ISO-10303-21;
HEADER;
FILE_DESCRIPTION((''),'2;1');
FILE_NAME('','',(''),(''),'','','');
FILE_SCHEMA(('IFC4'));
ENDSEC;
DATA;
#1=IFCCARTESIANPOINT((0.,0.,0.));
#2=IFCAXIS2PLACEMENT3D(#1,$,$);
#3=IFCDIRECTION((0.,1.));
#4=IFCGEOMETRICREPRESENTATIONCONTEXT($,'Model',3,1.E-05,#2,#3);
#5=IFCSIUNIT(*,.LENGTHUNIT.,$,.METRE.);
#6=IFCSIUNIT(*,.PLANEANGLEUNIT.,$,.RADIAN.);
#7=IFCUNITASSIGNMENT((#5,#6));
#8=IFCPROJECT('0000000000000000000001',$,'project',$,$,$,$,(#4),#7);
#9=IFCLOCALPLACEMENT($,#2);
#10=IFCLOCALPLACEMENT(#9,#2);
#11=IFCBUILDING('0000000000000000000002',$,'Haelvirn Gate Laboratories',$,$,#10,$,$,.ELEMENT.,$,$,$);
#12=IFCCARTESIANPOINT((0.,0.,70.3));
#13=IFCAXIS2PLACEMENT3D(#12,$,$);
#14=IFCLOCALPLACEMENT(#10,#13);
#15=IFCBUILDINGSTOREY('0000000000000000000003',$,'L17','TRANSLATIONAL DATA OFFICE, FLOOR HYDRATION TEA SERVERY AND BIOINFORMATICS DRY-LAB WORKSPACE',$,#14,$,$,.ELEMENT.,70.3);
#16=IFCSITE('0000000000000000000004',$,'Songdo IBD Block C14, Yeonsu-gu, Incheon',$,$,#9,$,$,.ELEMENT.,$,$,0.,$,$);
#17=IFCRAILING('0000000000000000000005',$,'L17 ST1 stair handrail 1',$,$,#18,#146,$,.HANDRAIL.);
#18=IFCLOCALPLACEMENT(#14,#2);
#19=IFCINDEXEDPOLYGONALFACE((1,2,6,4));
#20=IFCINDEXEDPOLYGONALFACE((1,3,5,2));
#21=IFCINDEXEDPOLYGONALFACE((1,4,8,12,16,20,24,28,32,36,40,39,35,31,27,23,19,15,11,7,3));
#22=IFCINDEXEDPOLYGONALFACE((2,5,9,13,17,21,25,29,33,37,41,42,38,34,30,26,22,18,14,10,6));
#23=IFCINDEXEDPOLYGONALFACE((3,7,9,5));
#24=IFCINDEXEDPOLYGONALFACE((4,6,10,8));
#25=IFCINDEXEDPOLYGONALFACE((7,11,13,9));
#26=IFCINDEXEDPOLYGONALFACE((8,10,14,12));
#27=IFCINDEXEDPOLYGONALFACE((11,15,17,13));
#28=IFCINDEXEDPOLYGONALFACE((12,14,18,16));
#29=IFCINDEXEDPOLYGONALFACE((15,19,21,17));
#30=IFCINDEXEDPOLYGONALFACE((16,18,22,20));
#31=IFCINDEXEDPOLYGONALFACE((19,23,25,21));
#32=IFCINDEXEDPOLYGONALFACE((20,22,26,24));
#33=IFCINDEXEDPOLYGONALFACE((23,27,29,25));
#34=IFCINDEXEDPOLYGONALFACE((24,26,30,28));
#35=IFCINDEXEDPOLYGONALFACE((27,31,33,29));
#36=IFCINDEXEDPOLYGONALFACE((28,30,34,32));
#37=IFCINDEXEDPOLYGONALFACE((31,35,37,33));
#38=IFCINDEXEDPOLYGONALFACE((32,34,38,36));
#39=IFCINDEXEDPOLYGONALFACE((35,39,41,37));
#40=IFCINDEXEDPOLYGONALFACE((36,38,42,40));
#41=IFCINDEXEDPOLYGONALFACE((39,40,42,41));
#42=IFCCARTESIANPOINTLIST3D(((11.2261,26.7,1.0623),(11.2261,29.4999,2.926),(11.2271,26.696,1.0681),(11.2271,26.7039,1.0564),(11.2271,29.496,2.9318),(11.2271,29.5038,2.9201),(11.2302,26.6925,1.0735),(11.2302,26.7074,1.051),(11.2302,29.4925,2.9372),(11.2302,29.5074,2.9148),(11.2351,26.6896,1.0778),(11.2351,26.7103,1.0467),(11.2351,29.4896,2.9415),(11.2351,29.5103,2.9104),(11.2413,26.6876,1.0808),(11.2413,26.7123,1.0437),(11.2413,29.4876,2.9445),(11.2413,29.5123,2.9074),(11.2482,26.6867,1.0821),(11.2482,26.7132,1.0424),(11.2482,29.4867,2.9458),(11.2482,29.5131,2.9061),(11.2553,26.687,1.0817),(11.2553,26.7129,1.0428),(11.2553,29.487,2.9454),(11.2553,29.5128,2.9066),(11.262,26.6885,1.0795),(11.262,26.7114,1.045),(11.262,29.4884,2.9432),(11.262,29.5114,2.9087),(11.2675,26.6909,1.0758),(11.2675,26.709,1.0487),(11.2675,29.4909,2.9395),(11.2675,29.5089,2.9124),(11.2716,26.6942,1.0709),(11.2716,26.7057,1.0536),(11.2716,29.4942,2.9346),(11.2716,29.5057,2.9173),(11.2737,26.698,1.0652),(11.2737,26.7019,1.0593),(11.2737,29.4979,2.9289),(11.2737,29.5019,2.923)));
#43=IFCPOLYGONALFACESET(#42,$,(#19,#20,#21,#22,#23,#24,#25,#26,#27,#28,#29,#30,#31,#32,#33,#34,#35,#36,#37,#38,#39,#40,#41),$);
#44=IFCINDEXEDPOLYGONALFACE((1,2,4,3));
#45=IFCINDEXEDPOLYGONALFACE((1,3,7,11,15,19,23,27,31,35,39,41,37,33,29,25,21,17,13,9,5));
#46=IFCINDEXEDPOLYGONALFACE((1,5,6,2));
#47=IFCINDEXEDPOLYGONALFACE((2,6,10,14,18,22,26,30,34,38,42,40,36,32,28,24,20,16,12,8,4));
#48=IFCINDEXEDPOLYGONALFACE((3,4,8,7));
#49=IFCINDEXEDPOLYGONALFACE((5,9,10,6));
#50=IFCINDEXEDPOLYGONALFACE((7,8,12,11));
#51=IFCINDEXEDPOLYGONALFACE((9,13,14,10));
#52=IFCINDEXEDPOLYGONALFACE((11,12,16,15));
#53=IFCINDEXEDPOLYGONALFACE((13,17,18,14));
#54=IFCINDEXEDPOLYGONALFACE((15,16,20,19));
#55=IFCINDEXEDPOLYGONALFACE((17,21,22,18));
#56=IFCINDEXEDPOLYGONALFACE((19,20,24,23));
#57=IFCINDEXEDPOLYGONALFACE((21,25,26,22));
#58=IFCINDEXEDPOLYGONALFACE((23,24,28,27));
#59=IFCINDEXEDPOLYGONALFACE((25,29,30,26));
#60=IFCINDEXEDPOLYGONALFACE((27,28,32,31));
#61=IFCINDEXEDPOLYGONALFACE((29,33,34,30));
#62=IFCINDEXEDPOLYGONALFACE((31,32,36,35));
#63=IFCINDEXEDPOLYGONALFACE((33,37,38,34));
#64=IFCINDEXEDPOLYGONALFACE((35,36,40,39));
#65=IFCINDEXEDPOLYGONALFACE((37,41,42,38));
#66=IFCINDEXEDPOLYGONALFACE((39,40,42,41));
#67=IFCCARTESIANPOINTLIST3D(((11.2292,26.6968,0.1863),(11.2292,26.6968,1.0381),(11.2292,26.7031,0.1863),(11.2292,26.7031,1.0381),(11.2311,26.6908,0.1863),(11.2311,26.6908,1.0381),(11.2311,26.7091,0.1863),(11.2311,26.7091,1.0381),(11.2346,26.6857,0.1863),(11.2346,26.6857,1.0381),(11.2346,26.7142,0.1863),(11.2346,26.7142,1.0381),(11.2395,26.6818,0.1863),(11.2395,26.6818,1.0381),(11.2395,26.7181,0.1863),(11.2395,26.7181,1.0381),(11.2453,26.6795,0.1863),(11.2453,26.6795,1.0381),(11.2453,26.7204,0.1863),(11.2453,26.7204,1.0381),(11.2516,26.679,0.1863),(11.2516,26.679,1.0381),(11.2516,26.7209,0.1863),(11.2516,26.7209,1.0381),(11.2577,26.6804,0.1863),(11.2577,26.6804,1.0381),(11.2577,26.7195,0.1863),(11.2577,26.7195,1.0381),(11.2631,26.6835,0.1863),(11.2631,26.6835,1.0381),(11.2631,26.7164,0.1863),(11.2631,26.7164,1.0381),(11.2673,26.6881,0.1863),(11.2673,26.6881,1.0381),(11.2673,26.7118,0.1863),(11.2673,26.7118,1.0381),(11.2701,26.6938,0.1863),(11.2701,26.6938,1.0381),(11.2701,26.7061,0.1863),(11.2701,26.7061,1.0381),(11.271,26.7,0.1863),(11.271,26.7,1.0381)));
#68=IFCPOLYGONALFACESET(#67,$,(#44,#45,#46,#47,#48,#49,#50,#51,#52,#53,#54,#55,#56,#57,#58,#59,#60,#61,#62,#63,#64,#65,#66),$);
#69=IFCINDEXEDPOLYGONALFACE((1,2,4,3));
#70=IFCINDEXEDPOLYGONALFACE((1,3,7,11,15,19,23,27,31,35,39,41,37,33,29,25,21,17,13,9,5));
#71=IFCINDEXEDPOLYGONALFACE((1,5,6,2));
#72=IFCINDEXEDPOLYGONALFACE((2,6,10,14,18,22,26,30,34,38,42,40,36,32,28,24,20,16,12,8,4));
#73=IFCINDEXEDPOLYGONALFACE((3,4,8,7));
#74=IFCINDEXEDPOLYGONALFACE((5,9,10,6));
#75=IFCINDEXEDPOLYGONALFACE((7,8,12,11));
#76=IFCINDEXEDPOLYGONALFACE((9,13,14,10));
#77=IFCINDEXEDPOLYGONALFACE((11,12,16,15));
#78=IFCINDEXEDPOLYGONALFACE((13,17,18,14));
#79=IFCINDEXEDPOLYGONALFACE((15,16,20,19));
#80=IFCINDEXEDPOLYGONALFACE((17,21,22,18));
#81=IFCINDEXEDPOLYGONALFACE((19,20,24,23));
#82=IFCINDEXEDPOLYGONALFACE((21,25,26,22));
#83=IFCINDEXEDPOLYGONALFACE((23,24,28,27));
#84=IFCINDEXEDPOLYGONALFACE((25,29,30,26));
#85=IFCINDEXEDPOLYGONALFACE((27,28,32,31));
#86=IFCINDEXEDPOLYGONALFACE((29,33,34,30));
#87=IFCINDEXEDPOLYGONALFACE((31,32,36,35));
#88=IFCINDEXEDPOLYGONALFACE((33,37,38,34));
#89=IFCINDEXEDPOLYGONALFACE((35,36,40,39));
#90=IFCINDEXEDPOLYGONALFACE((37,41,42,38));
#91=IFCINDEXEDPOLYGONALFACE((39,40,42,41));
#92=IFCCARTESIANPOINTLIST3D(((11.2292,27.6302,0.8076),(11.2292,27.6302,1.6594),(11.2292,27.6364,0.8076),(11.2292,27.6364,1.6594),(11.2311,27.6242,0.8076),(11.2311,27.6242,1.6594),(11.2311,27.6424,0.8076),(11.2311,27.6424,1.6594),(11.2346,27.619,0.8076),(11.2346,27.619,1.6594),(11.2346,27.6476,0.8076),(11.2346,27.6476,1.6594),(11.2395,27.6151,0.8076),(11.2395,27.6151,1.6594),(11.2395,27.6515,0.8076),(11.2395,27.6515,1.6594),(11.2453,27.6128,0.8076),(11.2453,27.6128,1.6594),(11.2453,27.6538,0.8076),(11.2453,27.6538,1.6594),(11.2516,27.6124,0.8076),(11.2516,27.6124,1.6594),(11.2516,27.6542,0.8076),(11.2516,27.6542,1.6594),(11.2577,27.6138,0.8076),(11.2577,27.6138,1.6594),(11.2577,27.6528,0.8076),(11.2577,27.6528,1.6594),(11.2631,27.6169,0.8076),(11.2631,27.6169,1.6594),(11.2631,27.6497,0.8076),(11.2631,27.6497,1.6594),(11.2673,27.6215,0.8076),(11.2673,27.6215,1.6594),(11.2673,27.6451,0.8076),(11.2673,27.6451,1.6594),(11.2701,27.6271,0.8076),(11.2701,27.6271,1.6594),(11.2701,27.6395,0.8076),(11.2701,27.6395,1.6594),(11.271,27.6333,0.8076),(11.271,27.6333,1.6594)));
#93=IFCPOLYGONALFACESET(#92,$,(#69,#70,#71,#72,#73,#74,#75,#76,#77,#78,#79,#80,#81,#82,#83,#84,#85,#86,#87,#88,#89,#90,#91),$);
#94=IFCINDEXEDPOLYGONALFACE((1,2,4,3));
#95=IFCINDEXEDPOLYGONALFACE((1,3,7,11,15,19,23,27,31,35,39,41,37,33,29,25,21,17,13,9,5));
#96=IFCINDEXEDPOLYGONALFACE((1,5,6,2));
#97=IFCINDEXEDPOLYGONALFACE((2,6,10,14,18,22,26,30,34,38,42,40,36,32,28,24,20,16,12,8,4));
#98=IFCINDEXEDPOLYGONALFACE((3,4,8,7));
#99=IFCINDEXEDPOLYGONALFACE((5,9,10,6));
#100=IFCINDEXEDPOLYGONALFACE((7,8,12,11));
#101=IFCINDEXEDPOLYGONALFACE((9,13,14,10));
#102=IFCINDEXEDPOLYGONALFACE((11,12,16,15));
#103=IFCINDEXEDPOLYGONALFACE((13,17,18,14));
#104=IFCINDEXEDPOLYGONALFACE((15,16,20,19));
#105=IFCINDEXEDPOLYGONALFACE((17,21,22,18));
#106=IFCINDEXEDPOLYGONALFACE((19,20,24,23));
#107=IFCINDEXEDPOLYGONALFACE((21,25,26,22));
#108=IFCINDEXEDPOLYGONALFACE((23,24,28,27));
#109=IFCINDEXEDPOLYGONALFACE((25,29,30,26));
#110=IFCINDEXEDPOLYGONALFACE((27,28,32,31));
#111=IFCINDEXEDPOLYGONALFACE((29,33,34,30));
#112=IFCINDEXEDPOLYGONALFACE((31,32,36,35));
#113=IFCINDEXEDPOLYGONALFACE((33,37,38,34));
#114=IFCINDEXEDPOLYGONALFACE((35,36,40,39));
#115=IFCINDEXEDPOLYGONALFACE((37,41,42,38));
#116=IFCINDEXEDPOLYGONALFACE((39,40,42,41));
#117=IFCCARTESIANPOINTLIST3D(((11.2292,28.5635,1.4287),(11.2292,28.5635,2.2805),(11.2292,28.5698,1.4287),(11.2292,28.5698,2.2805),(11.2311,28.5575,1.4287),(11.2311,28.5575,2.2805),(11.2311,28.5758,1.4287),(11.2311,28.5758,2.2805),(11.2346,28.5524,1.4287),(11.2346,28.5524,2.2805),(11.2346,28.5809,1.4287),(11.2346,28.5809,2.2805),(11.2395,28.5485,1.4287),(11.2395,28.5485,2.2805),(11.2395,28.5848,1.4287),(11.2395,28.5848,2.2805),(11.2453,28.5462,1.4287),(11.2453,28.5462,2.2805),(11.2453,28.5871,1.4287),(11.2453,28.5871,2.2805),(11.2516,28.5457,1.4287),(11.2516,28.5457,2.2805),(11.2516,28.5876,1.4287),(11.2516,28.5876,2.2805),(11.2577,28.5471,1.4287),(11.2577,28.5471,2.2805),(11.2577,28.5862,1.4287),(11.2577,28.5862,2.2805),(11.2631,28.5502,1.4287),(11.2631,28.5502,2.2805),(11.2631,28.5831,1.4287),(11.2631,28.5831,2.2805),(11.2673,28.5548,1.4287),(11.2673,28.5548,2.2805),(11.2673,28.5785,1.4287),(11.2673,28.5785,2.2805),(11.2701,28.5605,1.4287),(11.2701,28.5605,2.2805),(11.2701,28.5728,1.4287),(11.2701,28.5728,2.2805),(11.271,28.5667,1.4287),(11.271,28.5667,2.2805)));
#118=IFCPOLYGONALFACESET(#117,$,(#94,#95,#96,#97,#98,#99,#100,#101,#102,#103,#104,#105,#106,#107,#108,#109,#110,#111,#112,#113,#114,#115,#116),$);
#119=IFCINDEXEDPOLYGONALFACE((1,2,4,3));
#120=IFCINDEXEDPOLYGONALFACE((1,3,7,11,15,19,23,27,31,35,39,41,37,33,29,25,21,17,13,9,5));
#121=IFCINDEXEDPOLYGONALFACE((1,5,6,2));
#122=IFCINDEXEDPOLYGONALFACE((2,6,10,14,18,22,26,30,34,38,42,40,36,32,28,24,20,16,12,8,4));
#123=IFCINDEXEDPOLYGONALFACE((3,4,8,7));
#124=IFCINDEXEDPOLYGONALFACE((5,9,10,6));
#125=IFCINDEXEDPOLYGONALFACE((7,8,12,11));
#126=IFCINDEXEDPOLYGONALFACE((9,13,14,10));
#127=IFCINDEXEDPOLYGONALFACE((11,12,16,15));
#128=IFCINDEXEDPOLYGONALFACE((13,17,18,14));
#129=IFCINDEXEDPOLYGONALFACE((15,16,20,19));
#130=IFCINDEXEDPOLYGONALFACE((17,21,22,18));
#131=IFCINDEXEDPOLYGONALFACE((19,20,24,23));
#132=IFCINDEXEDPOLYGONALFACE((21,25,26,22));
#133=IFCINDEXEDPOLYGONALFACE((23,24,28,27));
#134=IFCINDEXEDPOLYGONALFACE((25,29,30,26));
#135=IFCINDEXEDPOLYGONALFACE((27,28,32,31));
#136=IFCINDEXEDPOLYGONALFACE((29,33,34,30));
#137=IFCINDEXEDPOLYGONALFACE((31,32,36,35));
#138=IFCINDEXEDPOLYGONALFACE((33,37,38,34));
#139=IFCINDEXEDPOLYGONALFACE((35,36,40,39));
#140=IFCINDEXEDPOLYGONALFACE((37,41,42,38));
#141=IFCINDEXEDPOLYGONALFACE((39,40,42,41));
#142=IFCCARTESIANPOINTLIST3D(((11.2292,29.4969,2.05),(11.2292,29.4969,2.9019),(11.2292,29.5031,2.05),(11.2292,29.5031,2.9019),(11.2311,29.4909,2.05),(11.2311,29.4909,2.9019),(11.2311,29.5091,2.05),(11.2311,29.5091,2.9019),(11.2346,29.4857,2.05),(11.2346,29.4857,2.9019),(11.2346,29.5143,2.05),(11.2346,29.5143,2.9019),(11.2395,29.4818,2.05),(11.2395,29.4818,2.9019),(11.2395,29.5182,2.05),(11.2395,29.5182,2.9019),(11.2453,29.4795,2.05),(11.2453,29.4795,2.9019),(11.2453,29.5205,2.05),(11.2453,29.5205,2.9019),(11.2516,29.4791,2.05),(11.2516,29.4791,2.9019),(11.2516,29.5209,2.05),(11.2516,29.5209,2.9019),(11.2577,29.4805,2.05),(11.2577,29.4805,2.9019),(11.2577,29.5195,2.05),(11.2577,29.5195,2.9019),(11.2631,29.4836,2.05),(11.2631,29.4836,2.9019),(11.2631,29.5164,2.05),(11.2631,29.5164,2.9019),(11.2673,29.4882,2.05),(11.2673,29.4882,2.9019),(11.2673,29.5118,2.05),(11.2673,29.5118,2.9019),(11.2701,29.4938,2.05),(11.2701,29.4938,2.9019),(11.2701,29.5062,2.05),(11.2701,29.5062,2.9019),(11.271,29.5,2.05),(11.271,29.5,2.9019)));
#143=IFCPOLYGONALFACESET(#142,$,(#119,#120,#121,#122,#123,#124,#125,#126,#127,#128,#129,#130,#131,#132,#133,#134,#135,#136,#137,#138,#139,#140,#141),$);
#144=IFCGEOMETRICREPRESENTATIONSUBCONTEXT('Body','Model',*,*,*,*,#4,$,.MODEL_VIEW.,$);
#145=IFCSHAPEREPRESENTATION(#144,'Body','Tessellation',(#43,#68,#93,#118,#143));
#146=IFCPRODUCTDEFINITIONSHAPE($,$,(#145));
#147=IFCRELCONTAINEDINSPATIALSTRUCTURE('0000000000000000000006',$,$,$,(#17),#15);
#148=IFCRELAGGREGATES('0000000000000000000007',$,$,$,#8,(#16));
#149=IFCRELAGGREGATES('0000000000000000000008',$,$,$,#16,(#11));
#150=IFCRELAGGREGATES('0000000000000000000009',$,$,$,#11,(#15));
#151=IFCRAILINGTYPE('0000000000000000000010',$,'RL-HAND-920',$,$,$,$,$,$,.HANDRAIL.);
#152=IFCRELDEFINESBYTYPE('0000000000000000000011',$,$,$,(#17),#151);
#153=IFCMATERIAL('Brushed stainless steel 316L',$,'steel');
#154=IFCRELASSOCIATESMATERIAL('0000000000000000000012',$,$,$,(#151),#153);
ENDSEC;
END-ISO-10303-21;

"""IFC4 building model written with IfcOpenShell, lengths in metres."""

from ifc_helpers import new_model, si_unit, direction, frame, origin, origin_2d, place, context, subcontext, project, spatial, circle, extrude, source, transform, mapped, material, type_object, element, save


model = new_model("IFC4")

# Units and contexts
model_context = context("Model", 3, precision=1e-05, world=origin(), true_north=direction((0.0, 1.0)))
body_context = subcontext(model_context, "Body", "Model", "MODEL_VIEW")
ifc_project = project(units=[si_unit("LENGTHUNIT", "METRE"), si_unit("PLANEANGLEUNIT", "RADIAN")], contexts=[model_context])

# Site, building, storey
site_placement = place(None, origin())
site = spatial("IfcSite", under=ifc_project, at=site_placement, Name="Songdo IBD Block C14, Yeonsu-gu, Incheon", CompositionType="ELEMENT", RefElevation=0.0)
building_placement = place(site_placement, origin())
building = spatial("IfcBuilding", under=site, at=building_placement, Name="Haelvirn Gate Laboratories", CompositionType="ELEMENT")
storey_placement = place(building_placement, frame((0.0, 0.0, 70.3)))
storey = spatial("IfcBuildingStorey", under=building, at=storey_placement, Name="L17", Description="TRANSLATIONAL DATA OFFICE, FLOOR HYDRATION TEA SERVERY AND BIOINFORMATICS DRY-LAB WORKSPACE", CompositionType="ELEMENT", Elevation=70.3)

# Railing
ifc_material_1 = material(Name="Brushed stainless steel 316L", Category="steel")
railing_type_1 = type_object("IfcRailingType", Name="RL-HAND-920", PredefinedType="HANDRAIL", material=ifc_material_1)
shared_shape_1 = source(origin(), body_context, "Body", "SweptSolid", [
    extrude(circle(Radius=0.0239, at=origin_2d()), frame((0.0, 0.0, 0.876), z_axis=(0.0, 0.832452, 0.554097), x_axis=(-1.0, 0.0, 0.0)), (0.0, 0.0, 1.0), 3.3635),
    extrude(circle(Radius=0.021, at=origin_2d()), origin(), (0.0, 0.0, 1.0), 0.8518),
    extrude(circle(Radius=0.021, at=origin_2d()), frame((0.0, 0.9333, 0.6213)), (0.0, 0.0, 1.0), 0.8518),
    extrude(circle(Radius=0.021, at=origin_2d()), frame((0.0, 1.8667, 1.2424)), (0.0, 0.0, 1.0), 0.8518),
    extrude(circle(Radius=0.021, at=origin_2d()), frame((0.0, 2.8, 1.8638)), (0.0, 0.0, 1.0), 0.8518),
])
railing_1_placement = place(storey_placement, frame((11.25, 26.7, 0.1863)))
element("IfcRailing", 1, at=railing_1_placement, inside=storey, type_object=railing_type_1, Name="L17 ST1 stair handrail 1", PredefinedType="HANDRAIL", context=body_context, shape_type="MappedRepresentation", body=[
    mapped(shared_shape_1, transform((0.0, 0.0, 0.0), scale=1.0)),
])

save(model, "model.ifc")
